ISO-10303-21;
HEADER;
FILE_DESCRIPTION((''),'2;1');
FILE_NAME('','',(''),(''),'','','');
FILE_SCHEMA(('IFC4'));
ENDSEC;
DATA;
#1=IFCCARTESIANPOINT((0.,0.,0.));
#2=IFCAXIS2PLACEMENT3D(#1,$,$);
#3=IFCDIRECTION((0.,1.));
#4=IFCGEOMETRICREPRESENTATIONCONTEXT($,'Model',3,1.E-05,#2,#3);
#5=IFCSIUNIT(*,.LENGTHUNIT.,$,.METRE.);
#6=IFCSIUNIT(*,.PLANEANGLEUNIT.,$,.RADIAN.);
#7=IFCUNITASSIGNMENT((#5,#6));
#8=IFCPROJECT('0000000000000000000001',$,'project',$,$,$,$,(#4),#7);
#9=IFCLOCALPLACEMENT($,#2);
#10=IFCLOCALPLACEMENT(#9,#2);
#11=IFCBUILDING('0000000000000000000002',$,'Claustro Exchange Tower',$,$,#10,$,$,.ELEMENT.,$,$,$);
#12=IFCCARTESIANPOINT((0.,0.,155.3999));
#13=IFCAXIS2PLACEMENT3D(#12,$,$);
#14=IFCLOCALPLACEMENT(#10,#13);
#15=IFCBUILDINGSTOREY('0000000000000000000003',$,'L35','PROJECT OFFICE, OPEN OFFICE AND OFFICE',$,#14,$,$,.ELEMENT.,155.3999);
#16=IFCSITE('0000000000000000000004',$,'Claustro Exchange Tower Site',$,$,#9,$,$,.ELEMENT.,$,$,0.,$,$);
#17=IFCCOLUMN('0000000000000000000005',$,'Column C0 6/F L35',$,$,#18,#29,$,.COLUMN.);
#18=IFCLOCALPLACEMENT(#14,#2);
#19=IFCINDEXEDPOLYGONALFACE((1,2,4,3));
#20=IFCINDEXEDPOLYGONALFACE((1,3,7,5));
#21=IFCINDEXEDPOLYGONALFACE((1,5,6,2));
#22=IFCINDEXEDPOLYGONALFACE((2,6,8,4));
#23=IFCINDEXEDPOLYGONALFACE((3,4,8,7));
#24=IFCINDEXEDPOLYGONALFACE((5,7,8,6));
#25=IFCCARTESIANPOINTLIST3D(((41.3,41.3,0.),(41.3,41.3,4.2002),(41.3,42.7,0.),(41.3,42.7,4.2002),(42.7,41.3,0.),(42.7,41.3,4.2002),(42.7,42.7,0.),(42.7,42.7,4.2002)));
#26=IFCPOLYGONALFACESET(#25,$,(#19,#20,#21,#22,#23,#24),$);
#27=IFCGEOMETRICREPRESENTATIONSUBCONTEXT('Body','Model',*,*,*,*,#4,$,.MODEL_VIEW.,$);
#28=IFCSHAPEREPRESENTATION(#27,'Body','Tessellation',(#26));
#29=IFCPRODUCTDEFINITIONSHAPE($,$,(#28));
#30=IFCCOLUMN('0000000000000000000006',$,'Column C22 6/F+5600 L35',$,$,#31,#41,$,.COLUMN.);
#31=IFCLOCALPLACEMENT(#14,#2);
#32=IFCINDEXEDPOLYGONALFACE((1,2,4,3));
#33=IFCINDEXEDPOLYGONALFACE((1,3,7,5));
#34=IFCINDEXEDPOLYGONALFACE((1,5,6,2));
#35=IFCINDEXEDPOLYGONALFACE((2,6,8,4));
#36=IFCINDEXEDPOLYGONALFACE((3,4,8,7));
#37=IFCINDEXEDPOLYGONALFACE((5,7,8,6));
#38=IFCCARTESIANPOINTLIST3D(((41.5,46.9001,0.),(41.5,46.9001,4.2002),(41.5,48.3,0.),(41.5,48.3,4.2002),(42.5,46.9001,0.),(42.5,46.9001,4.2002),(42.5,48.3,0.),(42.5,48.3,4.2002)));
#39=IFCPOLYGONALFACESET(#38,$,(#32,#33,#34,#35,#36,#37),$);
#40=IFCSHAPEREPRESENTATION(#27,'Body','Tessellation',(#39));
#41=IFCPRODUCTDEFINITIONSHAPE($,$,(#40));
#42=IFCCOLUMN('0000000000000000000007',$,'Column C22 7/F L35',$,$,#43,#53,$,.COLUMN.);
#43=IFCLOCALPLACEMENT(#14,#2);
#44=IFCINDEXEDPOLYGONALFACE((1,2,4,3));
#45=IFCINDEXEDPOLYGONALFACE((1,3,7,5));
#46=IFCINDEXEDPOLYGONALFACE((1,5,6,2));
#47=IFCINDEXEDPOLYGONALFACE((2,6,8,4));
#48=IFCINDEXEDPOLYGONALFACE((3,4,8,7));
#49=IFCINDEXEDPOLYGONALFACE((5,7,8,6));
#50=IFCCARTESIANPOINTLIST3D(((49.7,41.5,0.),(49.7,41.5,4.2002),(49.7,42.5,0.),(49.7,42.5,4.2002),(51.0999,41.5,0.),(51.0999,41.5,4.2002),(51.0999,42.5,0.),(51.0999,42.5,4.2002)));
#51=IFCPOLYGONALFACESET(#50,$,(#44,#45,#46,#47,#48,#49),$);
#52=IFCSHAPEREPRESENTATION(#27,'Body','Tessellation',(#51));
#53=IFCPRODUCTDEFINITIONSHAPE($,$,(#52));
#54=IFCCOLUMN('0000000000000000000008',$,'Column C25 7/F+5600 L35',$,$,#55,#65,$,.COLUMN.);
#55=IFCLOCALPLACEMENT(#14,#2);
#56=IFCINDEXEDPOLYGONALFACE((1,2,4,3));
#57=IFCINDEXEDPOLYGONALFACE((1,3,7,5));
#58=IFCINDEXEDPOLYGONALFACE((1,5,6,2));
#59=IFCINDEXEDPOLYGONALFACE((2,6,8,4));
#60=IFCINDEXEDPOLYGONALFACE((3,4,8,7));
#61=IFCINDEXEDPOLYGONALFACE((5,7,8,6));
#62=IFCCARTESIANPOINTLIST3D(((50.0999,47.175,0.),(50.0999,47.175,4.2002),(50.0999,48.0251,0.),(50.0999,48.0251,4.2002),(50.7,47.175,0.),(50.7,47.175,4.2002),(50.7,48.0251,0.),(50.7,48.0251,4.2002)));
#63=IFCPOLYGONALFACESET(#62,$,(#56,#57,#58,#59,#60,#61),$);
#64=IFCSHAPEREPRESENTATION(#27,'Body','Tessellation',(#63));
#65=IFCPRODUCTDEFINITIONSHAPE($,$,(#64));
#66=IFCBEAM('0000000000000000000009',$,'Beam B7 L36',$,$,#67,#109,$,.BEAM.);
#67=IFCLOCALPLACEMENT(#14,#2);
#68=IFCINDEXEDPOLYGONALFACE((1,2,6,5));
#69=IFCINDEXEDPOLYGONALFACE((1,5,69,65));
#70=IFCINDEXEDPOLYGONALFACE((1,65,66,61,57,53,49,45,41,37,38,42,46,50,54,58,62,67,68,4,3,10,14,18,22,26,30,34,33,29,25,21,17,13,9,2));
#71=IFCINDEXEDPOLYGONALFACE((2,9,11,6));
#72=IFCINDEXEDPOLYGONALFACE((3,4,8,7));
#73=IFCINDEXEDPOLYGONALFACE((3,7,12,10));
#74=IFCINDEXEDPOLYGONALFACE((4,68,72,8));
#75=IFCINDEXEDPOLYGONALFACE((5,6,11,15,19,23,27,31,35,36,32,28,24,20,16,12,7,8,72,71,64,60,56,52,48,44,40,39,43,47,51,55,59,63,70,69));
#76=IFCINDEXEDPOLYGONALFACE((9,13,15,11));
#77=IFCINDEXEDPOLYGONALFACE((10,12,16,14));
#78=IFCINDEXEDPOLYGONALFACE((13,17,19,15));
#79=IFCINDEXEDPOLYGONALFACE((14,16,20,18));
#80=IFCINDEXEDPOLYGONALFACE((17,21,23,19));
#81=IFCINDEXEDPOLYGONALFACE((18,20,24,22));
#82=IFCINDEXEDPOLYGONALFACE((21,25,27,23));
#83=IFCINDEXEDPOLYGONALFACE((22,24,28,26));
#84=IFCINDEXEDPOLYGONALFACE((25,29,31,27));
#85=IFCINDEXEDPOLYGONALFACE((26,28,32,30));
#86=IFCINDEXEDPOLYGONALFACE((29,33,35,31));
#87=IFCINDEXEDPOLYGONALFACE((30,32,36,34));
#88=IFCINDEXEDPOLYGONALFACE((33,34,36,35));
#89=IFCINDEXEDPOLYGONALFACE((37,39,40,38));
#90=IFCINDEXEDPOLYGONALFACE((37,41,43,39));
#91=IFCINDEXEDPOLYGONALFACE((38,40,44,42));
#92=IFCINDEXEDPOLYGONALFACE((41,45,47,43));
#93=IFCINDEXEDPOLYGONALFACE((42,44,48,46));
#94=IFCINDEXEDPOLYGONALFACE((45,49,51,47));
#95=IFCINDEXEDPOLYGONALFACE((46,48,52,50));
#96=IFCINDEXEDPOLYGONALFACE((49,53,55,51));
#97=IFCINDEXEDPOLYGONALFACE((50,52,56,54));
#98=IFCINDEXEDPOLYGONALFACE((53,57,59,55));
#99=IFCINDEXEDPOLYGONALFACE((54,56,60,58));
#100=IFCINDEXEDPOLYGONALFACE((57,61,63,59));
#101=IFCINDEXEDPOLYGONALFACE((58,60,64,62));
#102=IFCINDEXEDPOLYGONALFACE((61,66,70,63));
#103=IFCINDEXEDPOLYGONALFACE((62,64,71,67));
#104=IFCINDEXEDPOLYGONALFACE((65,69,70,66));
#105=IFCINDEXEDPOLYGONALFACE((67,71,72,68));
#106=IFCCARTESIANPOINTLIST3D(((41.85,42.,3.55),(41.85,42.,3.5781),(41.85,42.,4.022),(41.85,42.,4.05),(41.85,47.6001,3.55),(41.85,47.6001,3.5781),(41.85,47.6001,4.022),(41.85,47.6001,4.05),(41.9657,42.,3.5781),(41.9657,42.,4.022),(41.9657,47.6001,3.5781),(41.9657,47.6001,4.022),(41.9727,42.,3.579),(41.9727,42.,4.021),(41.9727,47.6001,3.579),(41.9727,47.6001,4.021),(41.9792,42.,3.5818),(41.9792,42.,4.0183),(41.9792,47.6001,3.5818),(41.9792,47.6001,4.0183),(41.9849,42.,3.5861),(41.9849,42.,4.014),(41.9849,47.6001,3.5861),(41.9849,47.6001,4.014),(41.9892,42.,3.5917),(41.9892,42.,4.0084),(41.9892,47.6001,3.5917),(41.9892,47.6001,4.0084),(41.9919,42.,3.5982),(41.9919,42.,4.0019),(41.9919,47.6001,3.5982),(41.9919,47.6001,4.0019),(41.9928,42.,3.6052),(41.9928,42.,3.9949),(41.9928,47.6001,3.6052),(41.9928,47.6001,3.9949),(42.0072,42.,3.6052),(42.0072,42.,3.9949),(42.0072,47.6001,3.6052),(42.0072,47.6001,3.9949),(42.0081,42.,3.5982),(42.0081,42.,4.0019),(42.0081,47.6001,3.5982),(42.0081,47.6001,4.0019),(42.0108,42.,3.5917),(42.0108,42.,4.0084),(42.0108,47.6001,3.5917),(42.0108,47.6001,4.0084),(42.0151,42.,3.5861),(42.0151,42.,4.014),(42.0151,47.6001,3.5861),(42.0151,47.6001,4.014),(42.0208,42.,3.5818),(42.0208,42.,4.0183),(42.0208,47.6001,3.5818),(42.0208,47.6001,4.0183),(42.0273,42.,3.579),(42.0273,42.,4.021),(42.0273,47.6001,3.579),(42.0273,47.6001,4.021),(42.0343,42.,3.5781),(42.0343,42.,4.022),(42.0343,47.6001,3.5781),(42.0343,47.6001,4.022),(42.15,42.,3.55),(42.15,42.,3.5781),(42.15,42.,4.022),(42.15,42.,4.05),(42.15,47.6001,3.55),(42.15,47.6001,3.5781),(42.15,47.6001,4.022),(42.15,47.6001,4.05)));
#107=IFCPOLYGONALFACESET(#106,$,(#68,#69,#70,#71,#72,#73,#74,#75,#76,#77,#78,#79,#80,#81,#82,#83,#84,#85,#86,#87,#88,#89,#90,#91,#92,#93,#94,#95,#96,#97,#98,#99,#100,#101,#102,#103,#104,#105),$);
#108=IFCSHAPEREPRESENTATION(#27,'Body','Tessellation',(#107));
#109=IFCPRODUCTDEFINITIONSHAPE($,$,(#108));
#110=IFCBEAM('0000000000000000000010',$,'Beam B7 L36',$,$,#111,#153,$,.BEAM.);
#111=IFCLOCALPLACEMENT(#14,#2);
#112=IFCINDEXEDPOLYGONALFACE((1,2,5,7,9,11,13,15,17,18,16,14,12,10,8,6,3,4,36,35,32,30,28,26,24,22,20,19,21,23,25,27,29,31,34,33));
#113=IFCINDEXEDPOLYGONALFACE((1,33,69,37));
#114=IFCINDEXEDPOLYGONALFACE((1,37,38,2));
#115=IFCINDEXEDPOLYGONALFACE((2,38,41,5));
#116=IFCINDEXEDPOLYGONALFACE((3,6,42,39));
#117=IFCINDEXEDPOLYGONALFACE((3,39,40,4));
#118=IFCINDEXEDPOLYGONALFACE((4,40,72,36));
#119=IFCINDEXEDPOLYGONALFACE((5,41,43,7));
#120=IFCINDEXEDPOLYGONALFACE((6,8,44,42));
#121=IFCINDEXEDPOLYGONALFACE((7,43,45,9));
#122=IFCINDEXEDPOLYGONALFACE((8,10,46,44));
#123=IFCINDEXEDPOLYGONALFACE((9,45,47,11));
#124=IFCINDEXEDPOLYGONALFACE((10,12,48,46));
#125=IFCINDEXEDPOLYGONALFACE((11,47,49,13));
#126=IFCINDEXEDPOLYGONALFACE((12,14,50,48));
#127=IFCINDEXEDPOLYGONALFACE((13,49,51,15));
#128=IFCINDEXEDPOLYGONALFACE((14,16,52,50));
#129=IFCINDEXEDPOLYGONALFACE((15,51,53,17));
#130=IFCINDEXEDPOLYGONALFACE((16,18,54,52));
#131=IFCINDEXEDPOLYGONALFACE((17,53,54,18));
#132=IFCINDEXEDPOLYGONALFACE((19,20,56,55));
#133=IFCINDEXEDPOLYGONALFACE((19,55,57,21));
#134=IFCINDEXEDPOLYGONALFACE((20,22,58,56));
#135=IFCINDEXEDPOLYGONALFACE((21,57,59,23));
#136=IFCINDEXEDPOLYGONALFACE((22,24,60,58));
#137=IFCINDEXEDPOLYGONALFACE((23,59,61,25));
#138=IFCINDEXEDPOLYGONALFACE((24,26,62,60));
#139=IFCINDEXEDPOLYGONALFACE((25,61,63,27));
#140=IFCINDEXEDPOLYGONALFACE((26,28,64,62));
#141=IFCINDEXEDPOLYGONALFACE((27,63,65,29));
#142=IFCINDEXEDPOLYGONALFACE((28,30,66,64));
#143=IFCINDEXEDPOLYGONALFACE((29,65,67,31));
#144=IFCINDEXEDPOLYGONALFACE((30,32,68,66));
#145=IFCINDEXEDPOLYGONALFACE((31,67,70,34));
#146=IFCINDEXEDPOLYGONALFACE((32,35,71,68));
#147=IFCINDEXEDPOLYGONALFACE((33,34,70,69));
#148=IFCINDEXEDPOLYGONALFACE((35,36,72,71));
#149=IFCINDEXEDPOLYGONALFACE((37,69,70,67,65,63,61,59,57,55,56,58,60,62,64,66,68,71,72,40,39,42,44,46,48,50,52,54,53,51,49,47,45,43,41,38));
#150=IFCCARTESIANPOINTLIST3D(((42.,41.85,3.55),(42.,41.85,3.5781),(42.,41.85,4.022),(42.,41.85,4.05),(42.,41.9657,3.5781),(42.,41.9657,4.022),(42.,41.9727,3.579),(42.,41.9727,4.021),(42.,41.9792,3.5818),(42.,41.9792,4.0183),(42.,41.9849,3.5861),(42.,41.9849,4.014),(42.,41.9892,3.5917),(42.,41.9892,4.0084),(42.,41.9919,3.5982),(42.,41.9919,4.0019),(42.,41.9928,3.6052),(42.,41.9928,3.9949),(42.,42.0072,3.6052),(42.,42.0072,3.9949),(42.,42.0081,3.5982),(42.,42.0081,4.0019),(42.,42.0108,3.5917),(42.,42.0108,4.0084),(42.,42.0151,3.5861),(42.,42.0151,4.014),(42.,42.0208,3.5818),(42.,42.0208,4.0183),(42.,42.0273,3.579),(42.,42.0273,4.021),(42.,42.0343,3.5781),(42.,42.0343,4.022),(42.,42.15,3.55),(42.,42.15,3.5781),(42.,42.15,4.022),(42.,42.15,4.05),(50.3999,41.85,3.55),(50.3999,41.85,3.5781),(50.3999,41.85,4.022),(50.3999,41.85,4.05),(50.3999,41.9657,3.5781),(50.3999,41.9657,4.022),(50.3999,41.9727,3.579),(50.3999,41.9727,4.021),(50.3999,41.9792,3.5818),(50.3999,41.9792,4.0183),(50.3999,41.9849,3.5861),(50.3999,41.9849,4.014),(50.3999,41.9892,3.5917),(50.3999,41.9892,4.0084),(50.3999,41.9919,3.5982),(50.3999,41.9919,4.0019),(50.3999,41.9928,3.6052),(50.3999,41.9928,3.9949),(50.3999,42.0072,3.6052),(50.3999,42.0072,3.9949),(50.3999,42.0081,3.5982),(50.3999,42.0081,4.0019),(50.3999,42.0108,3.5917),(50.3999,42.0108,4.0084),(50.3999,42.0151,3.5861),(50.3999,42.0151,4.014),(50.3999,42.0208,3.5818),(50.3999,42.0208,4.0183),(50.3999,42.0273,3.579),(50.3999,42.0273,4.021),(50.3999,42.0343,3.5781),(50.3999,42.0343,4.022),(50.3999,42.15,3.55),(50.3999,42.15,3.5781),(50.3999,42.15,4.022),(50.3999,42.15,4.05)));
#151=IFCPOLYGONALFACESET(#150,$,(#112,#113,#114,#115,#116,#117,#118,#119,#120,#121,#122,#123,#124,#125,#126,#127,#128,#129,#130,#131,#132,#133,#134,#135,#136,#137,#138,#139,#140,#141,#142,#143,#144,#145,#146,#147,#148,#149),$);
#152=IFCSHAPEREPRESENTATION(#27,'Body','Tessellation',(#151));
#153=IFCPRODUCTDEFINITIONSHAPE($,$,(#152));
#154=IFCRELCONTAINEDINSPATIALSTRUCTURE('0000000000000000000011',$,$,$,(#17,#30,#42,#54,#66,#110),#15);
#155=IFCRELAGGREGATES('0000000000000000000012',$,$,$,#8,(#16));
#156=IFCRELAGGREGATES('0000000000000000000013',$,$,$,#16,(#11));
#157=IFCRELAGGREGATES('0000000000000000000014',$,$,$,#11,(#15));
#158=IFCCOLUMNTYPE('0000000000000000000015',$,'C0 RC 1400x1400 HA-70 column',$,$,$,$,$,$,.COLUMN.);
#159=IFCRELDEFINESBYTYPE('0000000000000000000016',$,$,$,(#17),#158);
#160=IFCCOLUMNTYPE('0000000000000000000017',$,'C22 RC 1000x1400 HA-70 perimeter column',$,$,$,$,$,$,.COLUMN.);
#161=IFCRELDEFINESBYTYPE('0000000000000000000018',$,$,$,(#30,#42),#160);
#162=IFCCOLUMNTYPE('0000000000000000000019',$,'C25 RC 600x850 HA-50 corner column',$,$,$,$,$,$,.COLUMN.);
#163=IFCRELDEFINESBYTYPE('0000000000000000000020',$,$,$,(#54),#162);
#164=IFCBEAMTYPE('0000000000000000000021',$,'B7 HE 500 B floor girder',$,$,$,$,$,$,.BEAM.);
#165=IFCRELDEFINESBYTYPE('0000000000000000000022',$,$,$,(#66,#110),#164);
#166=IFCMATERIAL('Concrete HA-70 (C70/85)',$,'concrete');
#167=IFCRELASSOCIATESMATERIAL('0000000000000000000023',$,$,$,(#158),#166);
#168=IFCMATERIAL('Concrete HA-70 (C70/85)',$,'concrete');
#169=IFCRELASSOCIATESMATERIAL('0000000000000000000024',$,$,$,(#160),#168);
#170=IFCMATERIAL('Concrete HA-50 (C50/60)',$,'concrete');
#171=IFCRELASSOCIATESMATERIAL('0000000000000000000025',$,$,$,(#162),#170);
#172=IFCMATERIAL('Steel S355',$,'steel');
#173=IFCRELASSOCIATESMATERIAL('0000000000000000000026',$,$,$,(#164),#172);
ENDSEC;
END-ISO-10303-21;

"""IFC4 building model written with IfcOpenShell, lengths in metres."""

from ifc_helpers import new_model, si_unit, direction, frame, origin, origin_2d, place, context, subcontext, project, spatial, rectangle, i_section, extrude, material, material_profile, profile_set, type_object, element, save


model = new_model("IFC4")

# Units and contexts
model_context = context("Model", 3, precision=1e-05, world=origin(), true_north=direction((0.0, 1.0)))
body_context = subcontext(model_context, "Body", "Model", "MODEL_VIEW")
ifc_project = project(units=[si_unit("LENGTHUNIT", "METRE"), si_unit("PLANEANGLEUNIT", "RADIAN")], contexts=[model_context])

# Site, building, storey
site_placement = place(None, origin())
site = spatial("IfcSite", under=ifc_project, at=site_placement, Name="Claustro Exchange Tower Site", CompositionType="ELEMENT", RefElevation=0.0)
building_placement = place(site_placement, origin())
building = spatial("IfcBuilding", under=site, at=building_placement, Name="Claustro Exchange Tower", CompositionType="ELEMENT")
storey_placement = place(building_placement, frame((0.0, 0.0, 155.3999)))
storey = spatial("IfcBuildingStorey", under=building, at=storey_placement, Name="L35", Description="PROJECT OFFICE, OPEN OFFICE AND OFFICE", CompositionType="ELEMENT", Elevation=155.3999)

# Columns
ifc_material_1 = material(Name="Concrete HA-70 (C70/85)", Category="concrete")
ifc_material_profile_1 = material_profile(ifc_material_1, rectangle(XDim=1.3999, YDim=1.3999, at=origin_2d()), Name="RC 1400x1400")
ifc_profile_set_1 = profile_set([ifc_material_profile_1], Name="Concrete HA-70 (C70/85)")
column_type_1 = type_object("IfcColumnType", Name="C0 RC 1400x1400 HA-70 column", PredefinedType="COLUMN", material=ifc_profile_set_1)
column_1_placement = place(storey_placement, frame((42.0, 42.0, 0.0), z_axis=(0.0, 0.0, 1.0), x_axis=(1.0, 0.0, 0.0)))
element("IfcColumn", 1, at=column_1_placement, inside=storey, type_object=column_type_1, Name="Column C0 6/F L35", PredefinedType="COLUMN", context=body_context, shape_type="SweptSolid", body=[
    extrude(rectangle(XDim=1.3999, YDim=1.3999, at=origin_2d()), origin(), (0.0, 0.0, 1.0), 4.2002),
])
ifc_material_2 = material(Name="Concrete HA-70 (C70/85)", Category="concrete")
ifc_material_profile_2 = material_profile(ifc_material_2, rectangle(XDim=1.0, YDim=1.3999, at=origin_2d()), Name="RC 1000x1400")
ifc_profile_set_2 = profile_set([ifc_material_profile_2], Name="Concrete HA-70 (C70/85)")
column_type_2 = type_object("IfcColumnType", Name="C22 RC 1000x1400 HA-70 perimeter column", PredefinedType="COLUMN", material=ifc_profile_set_2)
for number, where, z_axis, x_axis, name in (
    (2, (42.0, 47.6001, 0.0), (0.0, 0.0, 1.0), (1.0, 0.0, 0.0), "Column C22 6/F+5600 L35"),
    (3, (50.3999, 42.0, 0.0), (0.0, 0.0, 1.0), (0.0, 1.0, 0.0), "Column C22 7/F L35"),
):
    element("IfcColumn", number, at=place(storey_placement, frame(where, z_axis=z_axis, x_axis=x_axis)), inside=storey, type_object=column_type_2, Name=name, PredefinedType="COLUMN", context=body_context, shape_type="SweptSolid", body=[
        extrude(rectangle(XDim=1.0, YDim=1.3999, at=origin_2d()), origin(), (0.0, 0.0, 1.0), 4.2002),
    ])
ifc_material_3 = material(Name="Concrete HA-50 (C50/60)", Category="concrete")
ifc_material_profile_3 = material_profile(ifc_material_3, rectangle(XDim=0.6001, YDim=0.8501, at=origin_2d()), Name="RC 600x850")
ifc_profile_set_3 = profile_set([ifc_material_profile_3], Name="Concrete HA-50 (C50/60)")
column_type_3 = type_object("IfcColumnType", Name="C25 RC 600x850 HA-50 corner column", PredefinedType="COLUMN", material=ifc_profile_set_3)
column_2_placement = place(storey_placement, frame((50.3999, 47.6001, 0.0), z_axis=(0.0, 0.0, 1.0), x_axis=(1.0, 0.0, 0.0)))
element("IfcColumn", 4, at=column_2_placement, inside=storey, type_object=column_type_3, Name="Column C25 7/F+5600 L35", PredefinedType="COLUMN", context=body_context, shape_type="SweptSolid", body=[
    extrude(rectangle(XDim=0.6001, YDim=0.8501, at=origin_2d()), origin(), (0.0, 0.0, 1.0), 4.2002),
])

# Beams
ifc_material_4 = material(Name="Steel S355", Category="steel")
ifc_material_profile_4 = material_profile(ifc_material_4, i_section(OverallWidth=0.3, OverallDepth=0.5, WebThickness=0.0144, FlangeThickness=0.0281, FilletRadius=0.0271, at=origin_2d()), Name="HE 500 B")
ifc_profile_set_4 = profile_set([ifc_material_profile_4], Name="Steel S355")
beam_type_1 = type_object("IfcBeamType", Name="B7 HE 500 B floor girder", PredefinedType="BEAM", material=ifc_profile_set_4)
beam_1_placement = place(storey_placement, frame((42.0, 42.0, 3.8), z_axis=(0.0, 1.0, 0.0), x_axis=(-1.0, 0.0, 0.0)))
element("IfcBeam", 5, at=beam_1_placement, inside=storey, type_object=beam_type_1, Name="Beam B7 L36", PredefinedType="BEAM", context=body_context, shape_type="SweptSolid", body=[
    extrude(i_section(OverallWidth=0.3, OverallDepth=0.5, WebThickness=0.0144, FlangeThickness=0.0281, FilletRadius=0.0271, at=origin_2d()), origin(), (0.0, 0.0, 1.0), 5.6001),
])
beam_2_placement = place(storey_placement, frame((42.0, 42.0, 3.8), z_axis=(1.0, 0.0, 0.0), x_axis=(0.0, 1.0, 0.0)))
element("IfcBeam", 6, at=beam_2_placement, inside=storey, type_object=beam_type_1, Name="Beam B7 L36", PredefinedType="BEAM", context=body_context, shape_type="SweptSolid", body=[
    extrude(i_section(OverallWidth=0.3, OverallDepth=0.5, WebThickness=0.0144, FlangeThickness=0.0281, FilletRadius=0.0271, at=origin_2d()), origin(), (0.0, 0.0, 1.0), 8.3999),
])

save(model, "model.ifc")
